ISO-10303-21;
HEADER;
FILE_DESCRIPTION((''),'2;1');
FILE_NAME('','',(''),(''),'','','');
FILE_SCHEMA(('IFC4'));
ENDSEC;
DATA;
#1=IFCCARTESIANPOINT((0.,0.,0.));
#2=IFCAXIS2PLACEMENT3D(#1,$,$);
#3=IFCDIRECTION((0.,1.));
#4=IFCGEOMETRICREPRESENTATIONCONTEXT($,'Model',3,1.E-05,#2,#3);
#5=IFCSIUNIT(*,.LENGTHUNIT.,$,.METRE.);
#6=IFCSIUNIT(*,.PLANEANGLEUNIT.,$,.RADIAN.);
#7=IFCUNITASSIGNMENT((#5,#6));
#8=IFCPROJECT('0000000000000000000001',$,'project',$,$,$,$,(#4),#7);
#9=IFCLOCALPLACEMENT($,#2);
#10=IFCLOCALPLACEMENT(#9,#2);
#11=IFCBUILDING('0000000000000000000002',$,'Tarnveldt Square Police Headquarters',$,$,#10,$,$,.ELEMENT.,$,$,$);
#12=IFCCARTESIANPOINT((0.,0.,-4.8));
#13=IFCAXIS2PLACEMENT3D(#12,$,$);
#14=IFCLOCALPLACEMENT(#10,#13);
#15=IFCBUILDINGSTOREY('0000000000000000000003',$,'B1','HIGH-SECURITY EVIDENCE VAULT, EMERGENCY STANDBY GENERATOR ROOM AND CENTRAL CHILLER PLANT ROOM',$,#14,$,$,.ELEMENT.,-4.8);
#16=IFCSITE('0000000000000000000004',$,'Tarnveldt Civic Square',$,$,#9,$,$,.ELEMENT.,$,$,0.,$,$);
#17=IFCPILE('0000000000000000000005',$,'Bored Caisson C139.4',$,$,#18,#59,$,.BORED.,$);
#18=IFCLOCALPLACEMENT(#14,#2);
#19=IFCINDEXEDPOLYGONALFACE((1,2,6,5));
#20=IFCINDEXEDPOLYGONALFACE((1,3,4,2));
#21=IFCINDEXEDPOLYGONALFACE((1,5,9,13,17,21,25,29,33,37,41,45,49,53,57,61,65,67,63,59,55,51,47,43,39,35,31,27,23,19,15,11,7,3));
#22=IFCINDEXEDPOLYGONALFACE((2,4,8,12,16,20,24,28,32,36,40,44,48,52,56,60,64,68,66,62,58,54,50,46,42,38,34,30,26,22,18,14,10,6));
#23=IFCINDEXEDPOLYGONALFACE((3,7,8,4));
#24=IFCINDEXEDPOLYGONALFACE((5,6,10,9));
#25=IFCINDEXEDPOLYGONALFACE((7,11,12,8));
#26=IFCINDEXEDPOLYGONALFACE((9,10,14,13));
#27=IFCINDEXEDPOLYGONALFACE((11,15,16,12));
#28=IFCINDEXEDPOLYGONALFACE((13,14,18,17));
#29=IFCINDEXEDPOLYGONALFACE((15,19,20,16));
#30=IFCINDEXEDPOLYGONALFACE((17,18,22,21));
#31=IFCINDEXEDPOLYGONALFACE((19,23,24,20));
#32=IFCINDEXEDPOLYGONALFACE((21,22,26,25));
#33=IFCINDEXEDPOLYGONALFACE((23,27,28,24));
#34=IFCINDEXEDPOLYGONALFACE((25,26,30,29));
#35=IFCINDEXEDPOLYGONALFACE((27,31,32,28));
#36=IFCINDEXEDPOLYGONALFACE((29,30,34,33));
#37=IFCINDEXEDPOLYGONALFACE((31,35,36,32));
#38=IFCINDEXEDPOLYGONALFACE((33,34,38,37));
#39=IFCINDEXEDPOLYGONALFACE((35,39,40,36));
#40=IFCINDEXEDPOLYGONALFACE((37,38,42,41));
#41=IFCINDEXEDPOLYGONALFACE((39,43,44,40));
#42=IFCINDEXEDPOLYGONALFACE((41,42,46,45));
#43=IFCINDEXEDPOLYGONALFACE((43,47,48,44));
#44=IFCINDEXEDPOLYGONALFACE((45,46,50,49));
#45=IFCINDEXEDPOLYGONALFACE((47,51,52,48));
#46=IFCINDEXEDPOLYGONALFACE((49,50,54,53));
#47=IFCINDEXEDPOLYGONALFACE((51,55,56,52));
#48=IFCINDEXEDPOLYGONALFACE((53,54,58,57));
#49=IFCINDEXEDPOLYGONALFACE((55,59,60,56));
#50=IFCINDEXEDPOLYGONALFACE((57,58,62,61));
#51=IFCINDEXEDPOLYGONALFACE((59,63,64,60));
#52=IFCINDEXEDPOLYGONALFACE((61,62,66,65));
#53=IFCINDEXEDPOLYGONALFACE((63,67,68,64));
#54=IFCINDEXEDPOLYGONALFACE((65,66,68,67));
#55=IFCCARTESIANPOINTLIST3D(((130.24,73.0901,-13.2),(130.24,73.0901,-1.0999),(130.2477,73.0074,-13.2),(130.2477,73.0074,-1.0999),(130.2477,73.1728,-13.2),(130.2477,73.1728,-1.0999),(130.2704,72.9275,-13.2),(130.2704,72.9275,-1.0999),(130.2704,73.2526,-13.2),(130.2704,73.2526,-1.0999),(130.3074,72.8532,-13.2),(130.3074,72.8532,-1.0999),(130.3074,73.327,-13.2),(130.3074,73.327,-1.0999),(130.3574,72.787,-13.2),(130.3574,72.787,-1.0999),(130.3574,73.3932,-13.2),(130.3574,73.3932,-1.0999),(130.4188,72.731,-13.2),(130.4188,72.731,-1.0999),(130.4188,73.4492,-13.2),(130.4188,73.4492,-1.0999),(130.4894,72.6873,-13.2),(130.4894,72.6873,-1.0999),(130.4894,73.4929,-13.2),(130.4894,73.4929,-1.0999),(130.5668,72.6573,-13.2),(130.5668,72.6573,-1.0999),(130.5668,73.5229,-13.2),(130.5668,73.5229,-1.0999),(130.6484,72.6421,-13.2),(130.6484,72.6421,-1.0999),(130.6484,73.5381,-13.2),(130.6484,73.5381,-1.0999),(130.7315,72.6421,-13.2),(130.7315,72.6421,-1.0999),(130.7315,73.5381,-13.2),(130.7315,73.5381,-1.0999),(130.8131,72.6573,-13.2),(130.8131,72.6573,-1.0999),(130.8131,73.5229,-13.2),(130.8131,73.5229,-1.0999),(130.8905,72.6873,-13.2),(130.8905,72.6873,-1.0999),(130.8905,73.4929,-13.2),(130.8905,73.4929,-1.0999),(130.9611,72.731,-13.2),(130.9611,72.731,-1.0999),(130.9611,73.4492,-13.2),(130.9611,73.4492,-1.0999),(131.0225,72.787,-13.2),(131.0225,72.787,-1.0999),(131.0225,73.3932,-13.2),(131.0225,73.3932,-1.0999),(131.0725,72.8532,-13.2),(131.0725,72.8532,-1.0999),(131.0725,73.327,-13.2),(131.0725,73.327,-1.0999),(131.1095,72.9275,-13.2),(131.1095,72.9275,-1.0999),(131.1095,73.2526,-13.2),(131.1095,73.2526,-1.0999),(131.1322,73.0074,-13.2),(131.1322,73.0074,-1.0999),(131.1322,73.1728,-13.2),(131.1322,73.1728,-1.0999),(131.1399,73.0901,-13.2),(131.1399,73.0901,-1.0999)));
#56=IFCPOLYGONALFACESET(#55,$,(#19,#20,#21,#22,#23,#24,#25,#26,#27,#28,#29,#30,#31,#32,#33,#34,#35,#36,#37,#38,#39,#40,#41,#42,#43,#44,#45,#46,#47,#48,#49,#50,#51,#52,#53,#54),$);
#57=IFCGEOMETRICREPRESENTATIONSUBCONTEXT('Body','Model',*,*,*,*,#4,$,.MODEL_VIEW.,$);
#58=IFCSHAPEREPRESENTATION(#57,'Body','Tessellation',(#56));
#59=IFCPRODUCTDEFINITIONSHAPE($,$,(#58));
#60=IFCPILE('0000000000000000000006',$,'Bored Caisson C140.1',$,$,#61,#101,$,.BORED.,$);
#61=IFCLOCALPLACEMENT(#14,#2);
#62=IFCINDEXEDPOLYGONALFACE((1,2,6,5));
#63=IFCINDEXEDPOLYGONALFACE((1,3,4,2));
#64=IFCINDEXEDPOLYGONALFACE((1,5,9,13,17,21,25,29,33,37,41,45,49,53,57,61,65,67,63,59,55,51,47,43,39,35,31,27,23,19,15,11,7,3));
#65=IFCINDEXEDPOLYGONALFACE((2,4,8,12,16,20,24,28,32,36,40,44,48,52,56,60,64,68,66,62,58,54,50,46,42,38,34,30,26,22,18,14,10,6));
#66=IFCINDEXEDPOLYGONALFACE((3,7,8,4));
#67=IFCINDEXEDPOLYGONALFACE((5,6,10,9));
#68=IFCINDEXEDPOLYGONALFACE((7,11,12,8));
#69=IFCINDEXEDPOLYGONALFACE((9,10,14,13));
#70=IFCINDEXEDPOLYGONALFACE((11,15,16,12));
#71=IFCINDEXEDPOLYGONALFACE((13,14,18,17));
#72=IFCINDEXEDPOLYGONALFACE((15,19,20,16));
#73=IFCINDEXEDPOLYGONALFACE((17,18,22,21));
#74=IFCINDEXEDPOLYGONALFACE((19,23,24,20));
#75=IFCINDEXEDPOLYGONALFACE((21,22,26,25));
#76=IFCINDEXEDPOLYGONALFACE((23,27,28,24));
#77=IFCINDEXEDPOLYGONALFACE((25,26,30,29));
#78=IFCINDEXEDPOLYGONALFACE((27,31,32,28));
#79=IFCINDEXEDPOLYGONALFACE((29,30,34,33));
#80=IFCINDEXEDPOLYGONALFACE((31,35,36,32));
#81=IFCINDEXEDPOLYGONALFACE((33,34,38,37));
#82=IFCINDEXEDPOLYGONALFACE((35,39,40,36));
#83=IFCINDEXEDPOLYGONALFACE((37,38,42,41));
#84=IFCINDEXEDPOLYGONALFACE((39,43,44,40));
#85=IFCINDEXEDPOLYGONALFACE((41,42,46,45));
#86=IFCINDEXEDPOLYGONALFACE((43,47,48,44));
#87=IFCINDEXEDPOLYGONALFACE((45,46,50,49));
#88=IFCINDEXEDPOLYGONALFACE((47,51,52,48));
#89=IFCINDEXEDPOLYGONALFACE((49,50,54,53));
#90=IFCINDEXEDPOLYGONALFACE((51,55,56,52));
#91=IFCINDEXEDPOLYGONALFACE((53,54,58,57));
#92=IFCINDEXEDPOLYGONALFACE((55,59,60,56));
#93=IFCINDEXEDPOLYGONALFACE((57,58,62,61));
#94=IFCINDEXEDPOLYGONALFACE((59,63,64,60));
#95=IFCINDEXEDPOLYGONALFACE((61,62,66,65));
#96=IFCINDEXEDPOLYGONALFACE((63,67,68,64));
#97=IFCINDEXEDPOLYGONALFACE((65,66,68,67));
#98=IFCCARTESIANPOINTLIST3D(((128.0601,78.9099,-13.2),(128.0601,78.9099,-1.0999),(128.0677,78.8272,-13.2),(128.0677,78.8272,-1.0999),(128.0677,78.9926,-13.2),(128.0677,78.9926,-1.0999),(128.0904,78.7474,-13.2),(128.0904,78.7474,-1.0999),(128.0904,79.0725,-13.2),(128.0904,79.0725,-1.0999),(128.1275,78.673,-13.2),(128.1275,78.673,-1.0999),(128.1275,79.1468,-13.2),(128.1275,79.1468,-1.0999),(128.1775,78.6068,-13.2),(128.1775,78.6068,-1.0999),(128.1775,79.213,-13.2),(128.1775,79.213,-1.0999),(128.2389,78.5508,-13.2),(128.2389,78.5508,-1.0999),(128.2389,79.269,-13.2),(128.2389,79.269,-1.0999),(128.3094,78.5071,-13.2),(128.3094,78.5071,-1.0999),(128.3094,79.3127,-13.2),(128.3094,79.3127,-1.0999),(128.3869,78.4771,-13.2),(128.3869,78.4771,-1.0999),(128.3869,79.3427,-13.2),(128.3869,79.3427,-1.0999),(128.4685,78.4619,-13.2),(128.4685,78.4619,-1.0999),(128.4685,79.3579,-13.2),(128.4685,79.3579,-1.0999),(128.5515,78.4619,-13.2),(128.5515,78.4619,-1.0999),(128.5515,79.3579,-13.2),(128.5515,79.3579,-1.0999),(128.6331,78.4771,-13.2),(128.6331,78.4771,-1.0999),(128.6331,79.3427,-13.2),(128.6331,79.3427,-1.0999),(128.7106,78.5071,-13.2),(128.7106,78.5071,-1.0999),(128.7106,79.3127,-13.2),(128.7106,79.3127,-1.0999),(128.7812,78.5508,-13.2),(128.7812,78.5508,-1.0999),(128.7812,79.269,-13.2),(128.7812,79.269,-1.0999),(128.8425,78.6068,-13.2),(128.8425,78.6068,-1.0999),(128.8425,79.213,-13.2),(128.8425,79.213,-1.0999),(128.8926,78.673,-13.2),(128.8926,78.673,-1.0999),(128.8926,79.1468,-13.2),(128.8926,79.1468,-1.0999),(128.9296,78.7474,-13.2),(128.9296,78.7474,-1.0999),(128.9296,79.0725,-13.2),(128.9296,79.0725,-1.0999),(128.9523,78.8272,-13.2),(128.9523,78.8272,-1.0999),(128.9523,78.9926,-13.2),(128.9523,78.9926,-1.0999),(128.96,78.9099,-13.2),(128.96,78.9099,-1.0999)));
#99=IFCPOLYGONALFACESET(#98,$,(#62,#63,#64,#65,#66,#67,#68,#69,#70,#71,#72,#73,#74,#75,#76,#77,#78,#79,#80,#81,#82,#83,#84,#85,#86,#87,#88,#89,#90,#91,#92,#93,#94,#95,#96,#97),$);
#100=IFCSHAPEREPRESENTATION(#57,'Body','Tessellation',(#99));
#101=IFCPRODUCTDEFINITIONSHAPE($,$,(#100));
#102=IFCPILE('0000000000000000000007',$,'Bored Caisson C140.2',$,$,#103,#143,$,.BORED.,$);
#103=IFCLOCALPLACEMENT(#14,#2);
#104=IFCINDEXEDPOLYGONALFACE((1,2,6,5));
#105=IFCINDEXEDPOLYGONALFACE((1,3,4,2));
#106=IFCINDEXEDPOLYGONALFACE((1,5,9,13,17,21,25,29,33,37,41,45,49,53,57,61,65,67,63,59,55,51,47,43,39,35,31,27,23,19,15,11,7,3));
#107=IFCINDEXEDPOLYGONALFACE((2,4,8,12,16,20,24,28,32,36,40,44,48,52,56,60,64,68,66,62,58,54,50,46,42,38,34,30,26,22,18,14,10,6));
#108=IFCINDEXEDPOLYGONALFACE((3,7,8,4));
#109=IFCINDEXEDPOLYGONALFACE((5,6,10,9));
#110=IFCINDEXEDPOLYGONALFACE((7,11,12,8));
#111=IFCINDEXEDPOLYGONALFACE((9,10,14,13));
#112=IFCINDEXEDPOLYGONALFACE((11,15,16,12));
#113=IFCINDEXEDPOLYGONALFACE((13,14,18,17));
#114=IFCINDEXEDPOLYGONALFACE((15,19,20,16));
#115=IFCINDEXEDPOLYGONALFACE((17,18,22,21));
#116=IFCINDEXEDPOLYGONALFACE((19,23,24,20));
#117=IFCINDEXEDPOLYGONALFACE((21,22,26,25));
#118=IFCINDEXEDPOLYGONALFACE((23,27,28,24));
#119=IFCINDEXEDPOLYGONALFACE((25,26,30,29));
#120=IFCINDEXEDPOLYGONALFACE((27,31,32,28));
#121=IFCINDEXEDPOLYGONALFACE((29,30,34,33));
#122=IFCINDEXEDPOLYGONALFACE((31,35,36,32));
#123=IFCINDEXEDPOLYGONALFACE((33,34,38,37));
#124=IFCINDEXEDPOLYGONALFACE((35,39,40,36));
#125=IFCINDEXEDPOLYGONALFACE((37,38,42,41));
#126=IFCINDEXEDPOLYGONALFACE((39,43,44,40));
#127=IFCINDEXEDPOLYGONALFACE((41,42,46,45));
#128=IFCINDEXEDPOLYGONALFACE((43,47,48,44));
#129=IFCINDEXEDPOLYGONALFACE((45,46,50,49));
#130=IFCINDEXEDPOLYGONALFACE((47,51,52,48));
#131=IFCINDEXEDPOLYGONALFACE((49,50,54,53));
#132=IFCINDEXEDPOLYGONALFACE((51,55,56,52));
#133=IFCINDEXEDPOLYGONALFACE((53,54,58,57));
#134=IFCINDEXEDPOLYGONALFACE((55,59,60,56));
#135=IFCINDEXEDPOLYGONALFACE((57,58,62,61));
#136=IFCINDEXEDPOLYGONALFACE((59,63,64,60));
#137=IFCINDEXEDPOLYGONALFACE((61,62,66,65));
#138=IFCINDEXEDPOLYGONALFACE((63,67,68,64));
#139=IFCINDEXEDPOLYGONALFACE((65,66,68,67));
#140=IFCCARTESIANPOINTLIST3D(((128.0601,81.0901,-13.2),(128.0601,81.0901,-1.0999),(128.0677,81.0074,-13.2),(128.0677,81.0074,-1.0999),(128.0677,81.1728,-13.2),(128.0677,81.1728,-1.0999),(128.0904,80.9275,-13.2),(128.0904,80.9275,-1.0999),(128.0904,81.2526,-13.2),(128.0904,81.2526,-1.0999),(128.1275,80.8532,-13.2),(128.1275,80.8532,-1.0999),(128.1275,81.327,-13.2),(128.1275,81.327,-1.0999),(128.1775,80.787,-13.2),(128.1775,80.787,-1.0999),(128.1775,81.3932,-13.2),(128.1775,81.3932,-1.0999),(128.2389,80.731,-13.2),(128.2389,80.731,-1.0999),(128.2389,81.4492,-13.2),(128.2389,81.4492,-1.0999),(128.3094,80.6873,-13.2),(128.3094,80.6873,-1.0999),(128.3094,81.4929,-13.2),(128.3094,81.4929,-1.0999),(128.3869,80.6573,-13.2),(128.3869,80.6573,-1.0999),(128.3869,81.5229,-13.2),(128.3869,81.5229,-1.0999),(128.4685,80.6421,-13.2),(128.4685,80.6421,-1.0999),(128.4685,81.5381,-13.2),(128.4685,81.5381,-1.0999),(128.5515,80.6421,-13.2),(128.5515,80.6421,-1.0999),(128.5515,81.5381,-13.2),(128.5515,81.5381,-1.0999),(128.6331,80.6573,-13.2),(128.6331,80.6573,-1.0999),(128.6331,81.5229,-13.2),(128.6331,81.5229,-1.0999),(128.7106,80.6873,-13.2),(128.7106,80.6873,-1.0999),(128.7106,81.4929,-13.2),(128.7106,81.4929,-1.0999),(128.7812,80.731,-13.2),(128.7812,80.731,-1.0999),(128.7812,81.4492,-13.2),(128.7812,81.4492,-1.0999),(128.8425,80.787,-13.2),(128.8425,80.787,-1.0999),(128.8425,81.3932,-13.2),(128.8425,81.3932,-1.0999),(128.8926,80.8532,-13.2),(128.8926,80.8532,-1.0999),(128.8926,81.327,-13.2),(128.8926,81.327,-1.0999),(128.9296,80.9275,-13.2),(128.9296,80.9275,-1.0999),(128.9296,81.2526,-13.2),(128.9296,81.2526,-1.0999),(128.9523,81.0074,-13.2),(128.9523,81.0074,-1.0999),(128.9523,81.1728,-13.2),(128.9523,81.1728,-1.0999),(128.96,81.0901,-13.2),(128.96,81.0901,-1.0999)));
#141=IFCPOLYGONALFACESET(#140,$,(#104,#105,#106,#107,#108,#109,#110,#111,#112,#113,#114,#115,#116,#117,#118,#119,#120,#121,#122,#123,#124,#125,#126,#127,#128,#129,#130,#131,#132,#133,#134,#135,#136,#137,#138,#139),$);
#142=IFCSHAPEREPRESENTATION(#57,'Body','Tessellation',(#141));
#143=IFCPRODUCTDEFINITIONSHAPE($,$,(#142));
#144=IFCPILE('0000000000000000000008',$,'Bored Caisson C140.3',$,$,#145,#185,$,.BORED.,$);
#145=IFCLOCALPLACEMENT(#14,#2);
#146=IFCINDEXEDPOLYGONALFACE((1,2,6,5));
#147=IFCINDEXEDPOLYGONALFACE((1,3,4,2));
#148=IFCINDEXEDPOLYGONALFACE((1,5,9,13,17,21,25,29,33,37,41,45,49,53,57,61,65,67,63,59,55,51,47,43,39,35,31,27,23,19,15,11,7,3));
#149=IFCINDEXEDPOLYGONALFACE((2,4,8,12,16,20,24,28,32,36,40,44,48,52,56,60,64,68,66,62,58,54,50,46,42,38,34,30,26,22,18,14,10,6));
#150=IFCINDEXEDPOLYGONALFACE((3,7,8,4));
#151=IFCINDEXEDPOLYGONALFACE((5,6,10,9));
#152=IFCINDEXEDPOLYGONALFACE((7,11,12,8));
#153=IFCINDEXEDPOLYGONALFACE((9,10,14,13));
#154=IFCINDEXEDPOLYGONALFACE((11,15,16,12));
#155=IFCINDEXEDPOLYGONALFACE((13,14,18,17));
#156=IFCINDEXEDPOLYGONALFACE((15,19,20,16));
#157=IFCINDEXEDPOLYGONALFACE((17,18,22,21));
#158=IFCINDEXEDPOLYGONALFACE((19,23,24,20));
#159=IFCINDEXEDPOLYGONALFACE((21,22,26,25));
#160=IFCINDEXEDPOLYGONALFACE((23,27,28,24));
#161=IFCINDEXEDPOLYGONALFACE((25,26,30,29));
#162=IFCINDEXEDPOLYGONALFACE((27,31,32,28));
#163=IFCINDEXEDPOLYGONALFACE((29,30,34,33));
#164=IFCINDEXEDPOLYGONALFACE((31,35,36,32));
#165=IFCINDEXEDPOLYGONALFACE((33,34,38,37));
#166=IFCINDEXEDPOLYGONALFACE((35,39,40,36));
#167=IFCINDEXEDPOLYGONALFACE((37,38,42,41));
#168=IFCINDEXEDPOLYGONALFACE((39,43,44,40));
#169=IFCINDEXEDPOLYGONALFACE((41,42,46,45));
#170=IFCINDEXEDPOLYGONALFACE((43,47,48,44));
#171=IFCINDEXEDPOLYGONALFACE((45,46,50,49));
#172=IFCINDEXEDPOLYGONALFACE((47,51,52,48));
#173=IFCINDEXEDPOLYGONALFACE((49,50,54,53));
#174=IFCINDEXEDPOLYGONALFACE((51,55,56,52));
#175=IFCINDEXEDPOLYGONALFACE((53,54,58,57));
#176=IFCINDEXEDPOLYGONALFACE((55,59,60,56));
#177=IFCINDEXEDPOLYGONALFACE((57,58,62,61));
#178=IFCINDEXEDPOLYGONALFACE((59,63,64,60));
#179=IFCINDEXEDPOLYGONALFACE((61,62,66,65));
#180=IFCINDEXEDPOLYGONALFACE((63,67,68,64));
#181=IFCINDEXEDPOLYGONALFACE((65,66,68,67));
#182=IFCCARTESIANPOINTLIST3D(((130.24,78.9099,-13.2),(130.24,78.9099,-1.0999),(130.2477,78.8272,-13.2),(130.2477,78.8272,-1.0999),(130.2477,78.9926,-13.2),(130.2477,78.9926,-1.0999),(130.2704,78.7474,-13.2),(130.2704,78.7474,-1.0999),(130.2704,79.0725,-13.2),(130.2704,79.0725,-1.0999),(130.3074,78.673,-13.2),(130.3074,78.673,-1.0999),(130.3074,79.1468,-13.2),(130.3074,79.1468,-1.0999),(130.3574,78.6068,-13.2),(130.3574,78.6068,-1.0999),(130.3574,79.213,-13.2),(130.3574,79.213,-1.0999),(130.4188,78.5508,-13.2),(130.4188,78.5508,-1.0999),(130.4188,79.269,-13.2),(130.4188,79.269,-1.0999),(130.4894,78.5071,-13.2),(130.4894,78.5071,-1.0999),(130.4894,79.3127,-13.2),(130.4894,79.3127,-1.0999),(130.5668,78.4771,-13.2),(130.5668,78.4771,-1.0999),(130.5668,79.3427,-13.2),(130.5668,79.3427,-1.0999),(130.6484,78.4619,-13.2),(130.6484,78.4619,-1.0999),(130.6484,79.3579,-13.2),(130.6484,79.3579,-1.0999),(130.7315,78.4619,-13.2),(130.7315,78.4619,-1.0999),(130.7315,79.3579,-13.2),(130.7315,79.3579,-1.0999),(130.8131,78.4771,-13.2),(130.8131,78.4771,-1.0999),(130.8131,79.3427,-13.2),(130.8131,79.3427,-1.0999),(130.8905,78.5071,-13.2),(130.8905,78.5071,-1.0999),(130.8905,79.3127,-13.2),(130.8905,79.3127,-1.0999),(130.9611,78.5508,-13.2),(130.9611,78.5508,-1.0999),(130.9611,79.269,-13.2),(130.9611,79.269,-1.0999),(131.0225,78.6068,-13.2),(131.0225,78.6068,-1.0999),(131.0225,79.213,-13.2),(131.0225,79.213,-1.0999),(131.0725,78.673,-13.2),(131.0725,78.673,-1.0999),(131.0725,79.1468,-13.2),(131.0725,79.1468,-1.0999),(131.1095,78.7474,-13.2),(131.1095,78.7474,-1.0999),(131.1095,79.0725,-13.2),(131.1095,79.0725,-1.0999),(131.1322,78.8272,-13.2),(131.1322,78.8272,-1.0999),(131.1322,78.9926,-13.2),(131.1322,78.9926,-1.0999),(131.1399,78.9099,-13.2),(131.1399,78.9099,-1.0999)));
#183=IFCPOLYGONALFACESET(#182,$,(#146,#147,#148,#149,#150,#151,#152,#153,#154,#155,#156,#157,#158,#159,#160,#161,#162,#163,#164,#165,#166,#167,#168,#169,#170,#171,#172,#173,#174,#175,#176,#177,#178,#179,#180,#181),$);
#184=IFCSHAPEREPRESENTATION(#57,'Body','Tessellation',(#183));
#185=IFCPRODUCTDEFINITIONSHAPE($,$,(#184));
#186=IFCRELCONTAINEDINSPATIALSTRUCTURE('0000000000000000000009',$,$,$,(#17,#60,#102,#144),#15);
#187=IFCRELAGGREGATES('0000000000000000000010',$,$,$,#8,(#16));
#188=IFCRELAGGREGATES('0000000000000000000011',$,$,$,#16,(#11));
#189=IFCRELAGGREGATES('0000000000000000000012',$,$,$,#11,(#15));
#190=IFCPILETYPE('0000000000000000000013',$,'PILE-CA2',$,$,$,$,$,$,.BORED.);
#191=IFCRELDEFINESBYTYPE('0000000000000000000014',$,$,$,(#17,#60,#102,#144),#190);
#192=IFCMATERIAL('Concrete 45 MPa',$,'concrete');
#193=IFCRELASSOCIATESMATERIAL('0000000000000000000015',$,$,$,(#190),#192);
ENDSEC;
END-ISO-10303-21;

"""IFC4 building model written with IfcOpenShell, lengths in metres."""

from ifc_helpers import new_model, si_unit, direction, frame, origin, origin_2d, place, context, subcontext, project, spatial, circle, extrude, material, material_profile, profile_set, type_object, element, save


model = new_model("IFC4")

# Units and contexts
model_context = context("Model", 3, precision=1e-05, world=origin(), true_north=direction((0.0, 1.0)))
body_context = subcontext(model_context, "Body", "Model", "MODEL_VIEW")
ifc_project = project(units=[si_unit("LENGTHUNIT", "METRE"), si_unit("PLANEANGLEUNIT", "RADIAN")], contexts=[model_context])

# Site, building, storey
site_placement = place(None, origin())
site = spatial("IfcSite", under=ifc_project, at=site_placement, Name="Tarnveldt Civic Square", CompositionType="ELEMENT", RefElevation=0.0)
building_placement = place(site_placement, origin())
building = spatial("IfcBuilding", under=site, at=building_placement, Name="Tarnveldt Square Police Headquarters", CompositionType="ELEMENT")
storey_placement = place(building_placement, frame((0.0, 0.0, -4.8)))
storey = spatial("IfcBuildingStorey", under=building, at=storey_placement, Name="B1", Description="HIGH-SECURITY EVIDENCE VAULT, EMERGENCY STANDBY GENERATOR ROOM AND CENTRAL CHILLER PLANT ROOM", CompositionType="ELEMENT", Elevation=-4.8)

# Shared definitions
ifc_material_1 = material(Name="Concrete 45 MPa", Category="concrete")

# Piles
ifc_material_profile_1 = material_profile(ifc_material_1, circle(Radius=0.45, at=origin_2d()), Name="CAISSON-D900")
ifc_profile_set_1 = profile_set([ifc_material_profile_1], Name="Concrete 45 MPa")
pile_type = type_object("IfcPileType", Name="PILE-CA2", PredefinedType="BORED", material=ifc_profile_set_1)
for number, where, z_axis, x_axis, name in (
    (1, (130.6899, 73.0901, -1.0999), (0.0, 0.0, -1.0), (1.0, 0.0, 0.0), "Bored Caisson C139.4"),
    (2, (128.51, 78.9099, -1.0999), (0.0, 0.0, -1.0), (1.0, 0.0, 0.0), "Bored Caisson C140.1"),
    (3, (128.51, 81.0901, -1.0999), (0.0, 0.0, -1.0), (1.0, 0.0, 0.0), "Bored Caisson C140.2"),
    (4, (130.6899, 78.9099, -1.0999), (0.0, 0.0, -1.0), (1.0, 0.0, 0.0), "Bored Caisson C140.3"),
):
    element("IfcPile", number, at=place(storey_placement, frame(where, z_axis=z_axis, x_axis=x_axis)), inside=storey, type_object=pile_type, Name=name, PredefinedType="BORED", context=body_context, shape_type="SweptSolid", body=[
        extrude(circle(Radius=0.45, at=origin_2d()), origin(), (0.0, 0.0, 1.0), 12.1001),
    ])

save(model, "model.ifc")
